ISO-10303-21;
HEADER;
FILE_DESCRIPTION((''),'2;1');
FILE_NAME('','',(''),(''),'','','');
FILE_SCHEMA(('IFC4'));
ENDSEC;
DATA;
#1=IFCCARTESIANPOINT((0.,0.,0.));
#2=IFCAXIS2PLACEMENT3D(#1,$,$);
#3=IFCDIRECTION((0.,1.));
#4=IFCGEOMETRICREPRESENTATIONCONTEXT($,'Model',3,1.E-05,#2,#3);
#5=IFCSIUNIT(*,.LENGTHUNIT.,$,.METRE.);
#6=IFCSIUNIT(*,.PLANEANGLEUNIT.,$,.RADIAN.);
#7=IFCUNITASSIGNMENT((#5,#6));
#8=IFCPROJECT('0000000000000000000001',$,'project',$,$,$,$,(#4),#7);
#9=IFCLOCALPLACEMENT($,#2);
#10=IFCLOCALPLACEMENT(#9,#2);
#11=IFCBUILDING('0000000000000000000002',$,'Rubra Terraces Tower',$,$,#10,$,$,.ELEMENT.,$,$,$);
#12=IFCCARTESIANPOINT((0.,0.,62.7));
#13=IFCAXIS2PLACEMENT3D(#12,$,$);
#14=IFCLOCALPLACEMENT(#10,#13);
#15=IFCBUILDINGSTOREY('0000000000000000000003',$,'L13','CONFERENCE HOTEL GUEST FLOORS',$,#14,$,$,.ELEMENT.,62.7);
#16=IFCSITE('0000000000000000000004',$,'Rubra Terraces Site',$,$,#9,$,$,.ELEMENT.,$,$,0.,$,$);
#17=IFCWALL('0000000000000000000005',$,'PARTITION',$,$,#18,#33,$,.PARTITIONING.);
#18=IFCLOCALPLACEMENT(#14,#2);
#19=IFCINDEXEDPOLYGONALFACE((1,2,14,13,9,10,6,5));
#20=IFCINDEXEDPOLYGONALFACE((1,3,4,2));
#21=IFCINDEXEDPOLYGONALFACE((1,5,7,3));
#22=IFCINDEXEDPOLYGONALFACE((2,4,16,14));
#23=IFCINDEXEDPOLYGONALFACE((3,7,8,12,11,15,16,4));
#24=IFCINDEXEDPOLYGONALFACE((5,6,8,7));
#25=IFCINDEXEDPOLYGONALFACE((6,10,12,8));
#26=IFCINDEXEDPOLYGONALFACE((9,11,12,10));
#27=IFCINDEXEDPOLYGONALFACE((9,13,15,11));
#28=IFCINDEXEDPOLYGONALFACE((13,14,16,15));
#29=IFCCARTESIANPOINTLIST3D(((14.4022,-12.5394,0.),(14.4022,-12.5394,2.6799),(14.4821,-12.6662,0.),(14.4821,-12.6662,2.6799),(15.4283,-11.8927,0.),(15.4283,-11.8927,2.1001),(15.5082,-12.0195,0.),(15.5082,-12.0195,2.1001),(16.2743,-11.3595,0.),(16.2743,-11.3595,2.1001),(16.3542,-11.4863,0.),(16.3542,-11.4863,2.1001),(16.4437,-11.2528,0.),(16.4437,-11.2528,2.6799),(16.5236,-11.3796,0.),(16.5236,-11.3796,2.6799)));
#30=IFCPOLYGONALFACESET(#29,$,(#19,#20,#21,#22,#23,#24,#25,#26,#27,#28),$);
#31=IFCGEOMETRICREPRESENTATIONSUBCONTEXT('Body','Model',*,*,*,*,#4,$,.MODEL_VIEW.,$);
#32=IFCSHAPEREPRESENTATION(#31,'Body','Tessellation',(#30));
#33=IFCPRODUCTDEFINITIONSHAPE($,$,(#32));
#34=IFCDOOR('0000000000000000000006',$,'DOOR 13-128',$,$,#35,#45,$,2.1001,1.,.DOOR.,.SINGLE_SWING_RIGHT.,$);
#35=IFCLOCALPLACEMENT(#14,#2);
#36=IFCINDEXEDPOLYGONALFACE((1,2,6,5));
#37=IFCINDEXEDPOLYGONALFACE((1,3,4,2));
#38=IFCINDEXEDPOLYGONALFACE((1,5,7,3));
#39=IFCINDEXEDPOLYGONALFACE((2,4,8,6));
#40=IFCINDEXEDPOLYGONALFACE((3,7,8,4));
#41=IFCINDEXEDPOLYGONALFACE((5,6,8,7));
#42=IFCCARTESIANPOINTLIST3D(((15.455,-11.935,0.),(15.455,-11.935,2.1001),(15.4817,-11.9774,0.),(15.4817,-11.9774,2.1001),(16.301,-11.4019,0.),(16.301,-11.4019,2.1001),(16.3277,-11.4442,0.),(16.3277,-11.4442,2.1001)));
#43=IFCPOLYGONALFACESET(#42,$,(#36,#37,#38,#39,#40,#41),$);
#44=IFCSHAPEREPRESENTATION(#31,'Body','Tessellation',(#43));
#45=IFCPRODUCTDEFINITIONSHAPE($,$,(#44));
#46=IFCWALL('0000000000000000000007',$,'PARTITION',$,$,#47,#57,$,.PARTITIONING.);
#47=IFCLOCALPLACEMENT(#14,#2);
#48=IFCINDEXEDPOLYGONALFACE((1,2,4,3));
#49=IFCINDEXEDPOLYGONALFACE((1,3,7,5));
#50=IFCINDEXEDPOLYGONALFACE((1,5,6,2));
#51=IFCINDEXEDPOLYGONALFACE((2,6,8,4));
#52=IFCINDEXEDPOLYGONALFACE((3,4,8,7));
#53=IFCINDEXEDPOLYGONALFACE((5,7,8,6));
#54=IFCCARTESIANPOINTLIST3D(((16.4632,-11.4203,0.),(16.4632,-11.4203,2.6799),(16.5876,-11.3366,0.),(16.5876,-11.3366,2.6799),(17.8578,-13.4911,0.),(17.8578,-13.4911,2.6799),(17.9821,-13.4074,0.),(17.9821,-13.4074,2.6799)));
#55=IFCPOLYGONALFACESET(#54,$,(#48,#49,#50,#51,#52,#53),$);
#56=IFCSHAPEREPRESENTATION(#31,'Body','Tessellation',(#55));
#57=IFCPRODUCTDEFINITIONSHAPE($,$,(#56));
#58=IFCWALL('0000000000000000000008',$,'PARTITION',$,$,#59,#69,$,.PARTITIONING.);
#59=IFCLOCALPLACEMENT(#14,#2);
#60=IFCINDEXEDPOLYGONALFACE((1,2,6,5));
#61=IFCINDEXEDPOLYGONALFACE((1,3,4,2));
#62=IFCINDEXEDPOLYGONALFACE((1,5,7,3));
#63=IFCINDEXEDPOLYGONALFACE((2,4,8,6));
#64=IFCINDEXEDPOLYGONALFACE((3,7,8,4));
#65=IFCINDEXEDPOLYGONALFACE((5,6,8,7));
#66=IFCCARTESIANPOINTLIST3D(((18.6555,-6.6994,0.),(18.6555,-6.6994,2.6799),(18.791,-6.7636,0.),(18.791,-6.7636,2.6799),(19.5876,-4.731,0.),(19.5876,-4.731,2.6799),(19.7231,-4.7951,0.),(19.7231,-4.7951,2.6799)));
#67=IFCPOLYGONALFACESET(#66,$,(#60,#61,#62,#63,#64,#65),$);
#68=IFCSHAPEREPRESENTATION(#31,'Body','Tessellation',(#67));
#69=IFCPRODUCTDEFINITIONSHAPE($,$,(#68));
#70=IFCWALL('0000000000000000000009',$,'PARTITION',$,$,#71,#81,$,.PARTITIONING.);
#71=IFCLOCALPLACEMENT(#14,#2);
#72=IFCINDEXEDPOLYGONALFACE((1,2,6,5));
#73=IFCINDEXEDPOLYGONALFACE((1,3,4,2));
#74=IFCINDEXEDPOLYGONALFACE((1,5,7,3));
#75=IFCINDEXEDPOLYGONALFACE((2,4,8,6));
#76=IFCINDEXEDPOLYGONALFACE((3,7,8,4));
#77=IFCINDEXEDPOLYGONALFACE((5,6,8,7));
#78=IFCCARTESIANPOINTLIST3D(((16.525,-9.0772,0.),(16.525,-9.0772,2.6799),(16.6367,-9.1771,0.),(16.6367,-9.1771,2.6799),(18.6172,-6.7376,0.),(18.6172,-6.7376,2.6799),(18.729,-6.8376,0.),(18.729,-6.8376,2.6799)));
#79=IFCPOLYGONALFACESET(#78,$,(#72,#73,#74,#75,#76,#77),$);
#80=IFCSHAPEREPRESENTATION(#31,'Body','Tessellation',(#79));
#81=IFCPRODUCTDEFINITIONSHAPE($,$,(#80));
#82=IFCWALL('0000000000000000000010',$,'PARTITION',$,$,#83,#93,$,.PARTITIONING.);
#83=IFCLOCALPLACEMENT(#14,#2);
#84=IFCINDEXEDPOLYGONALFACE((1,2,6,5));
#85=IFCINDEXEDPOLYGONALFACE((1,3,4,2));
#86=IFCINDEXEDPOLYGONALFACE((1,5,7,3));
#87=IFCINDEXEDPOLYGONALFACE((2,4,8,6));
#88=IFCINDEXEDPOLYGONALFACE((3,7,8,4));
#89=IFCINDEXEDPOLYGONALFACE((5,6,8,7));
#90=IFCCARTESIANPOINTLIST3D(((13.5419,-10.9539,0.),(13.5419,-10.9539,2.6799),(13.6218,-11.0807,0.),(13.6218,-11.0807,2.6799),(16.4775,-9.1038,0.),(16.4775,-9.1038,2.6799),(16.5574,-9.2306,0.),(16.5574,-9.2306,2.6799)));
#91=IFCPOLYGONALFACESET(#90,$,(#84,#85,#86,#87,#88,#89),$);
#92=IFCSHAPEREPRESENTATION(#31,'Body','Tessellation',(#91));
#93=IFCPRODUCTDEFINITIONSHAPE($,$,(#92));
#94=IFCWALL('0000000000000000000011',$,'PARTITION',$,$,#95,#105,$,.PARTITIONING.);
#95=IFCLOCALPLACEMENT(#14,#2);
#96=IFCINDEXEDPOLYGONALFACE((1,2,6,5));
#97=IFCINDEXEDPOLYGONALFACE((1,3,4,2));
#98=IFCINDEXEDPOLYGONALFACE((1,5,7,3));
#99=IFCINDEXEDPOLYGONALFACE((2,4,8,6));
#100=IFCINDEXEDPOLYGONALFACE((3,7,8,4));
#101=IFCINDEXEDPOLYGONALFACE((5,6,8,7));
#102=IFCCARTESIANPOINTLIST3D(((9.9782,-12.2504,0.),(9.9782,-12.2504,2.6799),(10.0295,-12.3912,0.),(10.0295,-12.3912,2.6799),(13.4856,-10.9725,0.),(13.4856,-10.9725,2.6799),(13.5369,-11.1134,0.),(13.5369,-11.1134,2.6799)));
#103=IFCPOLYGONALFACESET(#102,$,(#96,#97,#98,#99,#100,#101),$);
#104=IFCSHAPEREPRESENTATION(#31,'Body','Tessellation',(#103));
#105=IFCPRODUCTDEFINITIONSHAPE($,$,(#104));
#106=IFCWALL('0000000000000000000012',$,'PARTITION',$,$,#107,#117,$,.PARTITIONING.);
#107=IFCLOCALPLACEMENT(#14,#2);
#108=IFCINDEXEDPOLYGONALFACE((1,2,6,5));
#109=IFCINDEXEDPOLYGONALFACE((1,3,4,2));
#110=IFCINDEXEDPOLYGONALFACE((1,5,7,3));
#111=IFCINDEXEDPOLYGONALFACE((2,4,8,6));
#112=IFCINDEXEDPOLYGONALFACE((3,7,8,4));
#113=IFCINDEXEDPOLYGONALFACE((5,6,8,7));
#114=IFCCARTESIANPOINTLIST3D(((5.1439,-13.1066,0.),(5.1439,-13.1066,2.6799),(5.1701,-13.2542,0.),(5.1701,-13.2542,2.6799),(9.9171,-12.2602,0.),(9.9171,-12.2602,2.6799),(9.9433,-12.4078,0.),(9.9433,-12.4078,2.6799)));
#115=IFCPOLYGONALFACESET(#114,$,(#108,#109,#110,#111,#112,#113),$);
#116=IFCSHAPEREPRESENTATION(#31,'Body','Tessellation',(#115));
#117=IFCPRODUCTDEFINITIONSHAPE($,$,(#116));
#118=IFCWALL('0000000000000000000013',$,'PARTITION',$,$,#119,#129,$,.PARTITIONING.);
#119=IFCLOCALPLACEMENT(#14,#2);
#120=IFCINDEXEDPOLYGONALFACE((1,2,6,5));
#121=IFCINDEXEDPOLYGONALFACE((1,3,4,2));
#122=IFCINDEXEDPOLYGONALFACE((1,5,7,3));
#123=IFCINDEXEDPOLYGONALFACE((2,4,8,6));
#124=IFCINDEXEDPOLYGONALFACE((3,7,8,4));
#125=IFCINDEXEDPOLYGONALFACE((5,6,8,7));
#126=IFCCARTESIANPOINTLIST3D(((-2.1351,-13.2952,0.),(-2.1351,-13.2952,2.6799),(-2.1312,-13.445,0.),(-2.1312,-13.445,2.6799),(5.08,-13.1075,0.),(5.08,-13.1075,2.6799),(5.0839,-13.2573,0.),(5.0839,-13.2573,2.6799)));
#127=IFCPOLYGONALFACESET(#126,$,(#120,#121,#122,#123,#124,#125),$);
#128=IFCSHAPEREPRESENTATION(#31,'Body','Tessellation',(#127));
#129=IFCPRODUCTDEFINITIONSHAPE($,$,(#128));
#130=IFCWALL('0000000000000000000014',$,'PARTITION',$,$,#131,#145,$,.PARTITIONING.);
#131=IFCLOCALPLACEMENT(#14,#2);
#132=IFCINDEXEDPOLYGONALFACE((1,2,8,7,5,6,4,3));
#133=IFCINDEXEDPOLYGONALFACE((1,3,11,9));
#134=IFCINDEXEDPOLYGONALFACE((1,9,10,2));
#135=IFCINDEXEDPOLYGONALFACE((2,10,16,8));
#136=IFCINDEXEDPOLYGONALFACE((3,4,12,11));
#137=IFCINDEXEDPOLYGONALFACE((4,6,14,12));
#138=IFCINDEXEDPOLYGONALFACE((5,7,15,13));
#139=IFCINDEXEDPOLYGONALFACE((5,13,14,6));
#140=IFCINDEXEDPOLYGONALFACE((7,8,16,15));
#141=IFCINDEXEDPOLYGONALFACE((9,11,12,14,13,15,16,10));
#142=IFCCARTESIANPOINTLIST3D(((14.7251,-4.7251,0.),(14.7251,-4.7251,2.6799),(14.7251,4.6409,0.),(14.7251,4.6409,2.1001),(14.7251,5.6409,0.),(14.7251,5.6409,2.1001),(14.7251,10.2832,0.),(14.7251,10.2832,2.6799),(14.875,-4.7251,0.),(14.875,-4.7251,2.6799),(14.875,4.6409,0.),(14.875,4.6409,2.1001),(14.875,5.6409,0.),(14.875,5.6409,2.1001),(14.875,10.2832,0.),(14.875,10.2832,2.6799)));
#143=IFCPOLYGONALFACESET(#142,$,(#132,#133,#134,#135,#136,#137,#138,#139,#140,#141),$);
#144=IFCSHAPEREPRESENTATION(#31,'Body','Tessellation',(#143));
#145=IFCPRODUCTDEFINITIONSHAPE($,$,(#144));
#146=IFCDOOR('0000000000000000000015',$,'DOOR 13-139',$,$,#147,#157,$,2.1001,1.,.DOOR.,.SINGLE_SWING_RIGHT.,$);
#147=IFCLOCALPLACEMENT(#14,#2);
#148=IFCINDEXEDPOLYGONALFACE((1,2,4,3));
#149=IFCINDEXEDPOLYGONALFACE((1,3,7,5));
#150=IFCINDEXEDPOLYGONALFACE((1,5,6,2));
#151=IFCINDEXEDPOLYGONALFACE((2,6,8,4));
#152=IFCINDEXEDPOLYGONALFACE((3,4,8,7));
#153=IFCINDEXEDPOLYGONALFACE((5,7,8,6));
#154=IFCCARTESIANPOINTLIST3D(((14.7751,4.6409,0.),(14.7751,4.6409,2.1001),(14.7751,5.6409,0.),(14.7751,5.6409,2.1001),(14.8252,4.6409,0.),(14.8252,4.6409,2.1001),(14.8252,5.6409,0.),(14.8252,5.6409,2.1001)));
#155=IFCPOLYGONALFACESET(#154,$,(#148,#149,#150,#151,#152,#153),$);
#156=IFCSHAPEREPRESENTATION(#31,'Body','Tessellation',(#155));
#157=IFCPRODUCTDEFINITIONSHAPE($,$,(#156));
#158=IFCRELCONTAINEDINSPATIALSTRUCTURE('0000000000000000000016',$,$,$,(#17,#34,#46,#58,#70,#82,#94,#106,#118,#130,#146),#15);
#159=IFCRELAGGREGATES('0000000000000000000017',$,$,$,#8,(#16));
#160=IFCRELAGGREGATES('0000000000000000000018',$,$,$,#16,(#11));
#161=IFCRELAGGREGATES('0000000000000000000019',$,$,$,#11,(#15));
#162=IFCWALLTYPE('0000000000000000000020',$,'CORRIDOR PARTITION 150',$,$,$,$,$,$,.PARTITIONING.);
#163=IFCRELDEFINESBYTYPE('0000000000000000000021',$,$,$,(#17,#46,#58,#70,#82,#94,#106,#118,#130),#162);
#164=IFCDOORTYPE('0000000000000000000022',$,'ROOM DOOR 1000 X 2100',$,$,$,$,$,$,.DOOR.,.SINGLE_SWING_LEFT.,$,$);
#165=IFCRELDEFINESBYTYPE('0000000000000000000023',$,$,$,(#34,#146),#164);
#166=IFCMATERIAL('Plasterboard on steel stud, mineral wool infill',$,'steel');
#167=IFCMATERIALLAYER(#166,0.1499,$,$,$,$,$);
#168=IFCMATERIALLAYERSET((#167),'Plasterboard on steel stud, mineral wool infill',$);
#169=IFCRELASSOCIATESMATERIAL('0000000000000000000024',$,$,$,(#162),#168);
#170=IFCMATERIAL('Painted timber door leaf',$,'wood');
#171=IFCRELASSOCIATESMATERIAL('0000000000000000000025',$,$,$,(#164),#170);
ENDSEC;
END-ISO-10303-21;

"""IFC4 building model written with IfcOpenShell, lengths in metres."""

from ifc_helpers import new_model, si_unit, direction, frame, frame_2d, origin, place, context, subcontext, project, spatial, rectangle, extrude, material, layer, layer_set, type_object, element, fill, save


model = new_model("IFC4")

# Units and contexts
model_context = context("Model", 3, precision=1e-05, world=origin(), true_north=direction((0.0, 1.0)))
body_context = subcontext(model_context, "Body", "Model", "MODEL_VIEW")
ifc_project = project(units=[si_unit("LENGTHUNIT", "METRE"), si_unit("PLANEANGLEUNIT", "RADIAN")], contexts=[model_context])

# Site, building, storey
site_placement = place(None, origin())
site = spatial("IfcSite", under=ifc_project, at=site_placement, Name="Rubra Terraces Site", CompositionType="ELEMENT", RefElevation=0.0)
building_placement = place(site_placement, origin())
building = spatial("IfcBuilding", under=site, at=building_placement, Name="Rubra Terraces Tower", CompositionType="ELEMENT")
storey_placement = place(building_placement, frame((0.0, 0.0, 62.7)))
storey = spatial("IfcBuildingStorey", under=building, at=storey_placement, Name="L13", Description="CONFERENCE HOTEL GUEST FLOORS", CompositionType="ELEMENT", Elevation=62.7)

# Shared definitions
ifc_material_1 = material(Name="Plasterboard on steel stud, mineral wool infill", Category="steel")
ifc_layer_1 = layer(ifc_material_1, 0.1499)
ifc_layer_set_1 = layer_set([ifc_layer_1], Name="Plasterboard on steel stud, mineral wool infill")
wall_type_1 = type_object("IfcWallType", Name="CORRIDOR PARTITION 150", PredefinedType="PARTITIONING", material=ifc_layer_set_1)
ifc_material_2 = material(Name="Painted timber door leaf", Category="wood")
door_type_1 = type_object("IfcDoorType", Name="ROOM DOOR 1000 X 2100", OperationType="SINGLE_SWING_LEFT", PredefinedType="DOOR", material=ifc_material_2)

# Wall, opening, door
wall_1_placement = place(storey_placement, frame((14.4421, -12.6028, 0.0), z_axis=(0.0, 0.0, 1.0), x_axis=(0.846003, 0.533178, 0.0)))
wall_1 = element("IfcWall", 1, at=wall_1_placement, inside=storey, type_object=wall_type_1, Name="PARTITION", PredefinedType="PARTITIONING", context=body_context, shape_type="SweptSolid", body=[
    extrude(rectangle(XDim=2.4131, YDim=0.1499, at=frame_2d((1.2065, 0.0))), origin(), (0.0, 0.0, 1.0), 2.6799),
])
opening_1_placement = place(wall_1_placement, frame((1.2129, 0.0, 0.0)))
opening_1 = element("IfcOpeningElement", 2, at=opening_1_placement, cuts=wall_1, PredefinedType="OPENING", context=body_context, shape_type="SweptSolid", body=[
    extrude(rectangle(XDim=1.0, YDim=2.1001, at=frame_2d((0.5, 1.05))), frame((0.0, 0.085, 0.0), z_axis=(0.0, -1.0, 0.0), x_axis=(1.0, 0.0, 0.0)), (0.0, 0.0, 1.0), 0.1699),
])
door_1_placement = place(opening_1_placement, origin())
door_1 = element("IfcDoor", 3, at=door_1_placement, inside=storey, type_object=door_type_1, Name="DOOR 13-128", OperationType="SINGLE_SWING_RIGHT", OverallHeight=2.1001, OverallWidth=1.0, PredefinedType="DOOR", context=body_context, shape_type="SweptSolid", body=[
    extrude(rectangle(XDim=1.0, YDim=2.1001, at=frame_2d((0.5, 1.05))), frame((0.0, 0.0249, 0.0), z_axis=(0.0, -1.0, 0.0), x_axis=(1.0, 0.0, 0.0)), (0.0, 0.0, 1.0), 0.05),
])
fill(opening_1, door_1)

# Walls
wall_2_placement = place(storey_placement, frame((17.9199, -13.4492, 0.0), z_axis=(0.0, 0.0, 1.0), x_axis=(-0.558576, 0.829454, 0.0)))
element("IfcWall", 4, at=wall_2_placement, inside=storey, type_object=wall_type_1, Name="PARTITION", PredefinedType="PARTITIONING", context=body_context, shape_type="SweptSolid", body=[
    extrude(rectangle(XDim=2.4966, YDim=0.1499, at=frame_2d((1.2483, 0.0))), origin(), (0.0, 0.0, 1.0), 2.6799),
])
wall_3_placement = place(storey_placement, frame((19.6553, -4.7632, 0.0), z_axis=(0.0, 0.0, 1.0), x_axis=(-0.427966, -0.903795, 0.0)))
element("IfcWall", 5, at=wall_3_placement, inside=storey, type_object=wall_type_1, Name="PARTITION", PredefinedType="PARTITIONING", context=body_context, shape_type="SweptSolid", body=[
    extrude(rectangle(XDim=2.178, YDim=0.1499, at=frame_2d((1.0889, 0.0))), origin(), (0.0, 0.0, 1.0), 2.6799),
])
wall_4_placement = place(storey_placement, frame((18.6731, -6.7876, 0.0), z_axis=(0.0, 0.0, 1.0), x_axis=(-0.666611, -0.745406, 0.0)))
element("IfcWall", 6, at=wall_4_placement, inside=storey, type_object=wall_type_1, Name="PARTITION", PredefinedType="PARTITIONING", context=body_context, shape_type="SweptSolid", body=[
    extrude(rectangle(XDim=3.1387, YDim=0.1499, at=frame_2d((1.5693, 0.0))), origin(), (0.0, 0.0, 1.0), 2.6799),
])
wall_5_placement = place(storey_placement, frame((16.5173, -9.1672, 0.0), z_axis=(0.0, 0.0, 1.0), x_axis=(-0.846, -0.533183, 0.0)))
element("IfcWall", 7, at=wall_5_placement, inside=storey, type_object=wall_type_1, Name="PARTITION", PredefinedType="PARTITIONING", context=body_context, shape_type="SweptSolid", body=[
    extrude(rectangle(XDim=3.47, YDim=0.1499, at=frame_2d((1.7349, 0.0))), origin(), (0.0, 0.0, 1.0), 2.6799),
])
wall_6_placement = place(storey_placement, frame((13.5112, -11.043, 0.0), z_axis=(0.0, 0.0, 1.0), x_axis=(-0.939583, -0.342321, 0.0)))
element("IfcWall", 8, at=wall_6_placement, inside=storey, type_object=wall_type_1, Name="PARTITION", PredefinedType="PARTITIONING", context=body_context, shape_type="SweptSolid", body=[
    extrude(rectangle(XDim=3.7329, YDim=0.1499, at=frame_2d((1.8665, 0.0))), origin(), (0.0, 0.0, 1.0), 2.6799),
])
wall_7_placement = place(storey_placement, frame((9.9302, -12.334, 0.0), z_axis=(0.0, 0.0, 1.0), x_axis=(-0.984638, -0.174607, 0.0)))
element("IfcWall", 9, at=wall_7_placement, inside=storey, type_object=wall_type_1, Name="PARTITION", PredefinedType="PARTITIONING", context=body_context, shape_type="SweptSolid", body=[
    extrude(rectangle(XDim=4.8477, YDim=0.1499, at=frame_2d((2.4238, 0.0))), origin(), (0.0, 0.0, 1.0), 2.6799),
])
wall_8_placement = place(storey_placement, frame((5.082, -13.1824, 0.0), z_axis=(0.0, 0.0, 1.0), x_axis=(-0.999662, -0.026012, 0.0)))
element("IfcWall", 10, at=wall_8_placement, inside=storey, type_object=wall_type_1, Name="PARTITION", PredefinedType="PARTITIONING", context=body_context, shape_type="SweptSolid", body=[
    extrude(rectangle(XDim=7.2175, YDim=0.1499, at=frame_2d((3.6089, 0.0))), origin(), (0.0, 0.0, 1.0), 2.6799),
])

# Wall, opening, door
wall_9_placement = place(storey_placement, frame((14.8, -4.7251, 0.0), z_axis=(0.0, 0.0, 1.0), x_axis=(0.0, 1.0, 0.0)))
wall_9 = element("IfcWall", 11, at=wall_9_placement, inside=storey, type_object=wall_type_1, Name="PARTITION", PredefinedType="PARTITIONING", context=body_context, shape_type="SweptSolid", body=[
    extrude(rectangle(XDim=15.0083, YDim=0.1499, at=frame_2d((7.5042, 0.0))), origin(), (0.0, 0.0, 1.0), 2.6799),
])
opening_2_placement = place(wall_9_placement, frame((9.366, 0.0, 0.0)))
opening_2 = element("IfcOpeningElement", 12, at=opening_2_placement, cuts=wall_9, PredefinedType="OPENING", context=body_context, shape_type="SweptSolid", body=[
    extrude(rectangle(XDim=1.0, YDim=2.1001, at=frame_2d((0.5, 1.05))), frame((0.0, 0.085, 0.0), z_axis=(0.0, -1.0, 0.0), x_axis=(1.0, 0.0, 0.0)), (0.0, 0.0, 1.0), 0.1699),
])
door_2_placement = place(opening_2_placement, origin())
door_2 = element("IfcDoor", 13, at=door_2_placement, inside=storey, type_object=door_type_1, Name="DOOR 13-139", OperationType="SINGLE_SWING_RIGHT", OverallHeight=2.1001, OverallWidth=1.0, PredefinedType="DOOR", context=body_context, shape_type="SweptSolid", body=[
    extrude(rectangle(XDim=1.0, YDim=2.1001, at=frame_2d((0.5, 1.05))), frame((0.0, 0.0249, 0.0), z_axis=(0.0, -1.0, 0.0), x_axis=(1.0, 0.0, 0.0)), (0.0, 0.0, 1.0), 0.05),
])
fill(opening_2, door_2)

save(model, "model.ifc")
